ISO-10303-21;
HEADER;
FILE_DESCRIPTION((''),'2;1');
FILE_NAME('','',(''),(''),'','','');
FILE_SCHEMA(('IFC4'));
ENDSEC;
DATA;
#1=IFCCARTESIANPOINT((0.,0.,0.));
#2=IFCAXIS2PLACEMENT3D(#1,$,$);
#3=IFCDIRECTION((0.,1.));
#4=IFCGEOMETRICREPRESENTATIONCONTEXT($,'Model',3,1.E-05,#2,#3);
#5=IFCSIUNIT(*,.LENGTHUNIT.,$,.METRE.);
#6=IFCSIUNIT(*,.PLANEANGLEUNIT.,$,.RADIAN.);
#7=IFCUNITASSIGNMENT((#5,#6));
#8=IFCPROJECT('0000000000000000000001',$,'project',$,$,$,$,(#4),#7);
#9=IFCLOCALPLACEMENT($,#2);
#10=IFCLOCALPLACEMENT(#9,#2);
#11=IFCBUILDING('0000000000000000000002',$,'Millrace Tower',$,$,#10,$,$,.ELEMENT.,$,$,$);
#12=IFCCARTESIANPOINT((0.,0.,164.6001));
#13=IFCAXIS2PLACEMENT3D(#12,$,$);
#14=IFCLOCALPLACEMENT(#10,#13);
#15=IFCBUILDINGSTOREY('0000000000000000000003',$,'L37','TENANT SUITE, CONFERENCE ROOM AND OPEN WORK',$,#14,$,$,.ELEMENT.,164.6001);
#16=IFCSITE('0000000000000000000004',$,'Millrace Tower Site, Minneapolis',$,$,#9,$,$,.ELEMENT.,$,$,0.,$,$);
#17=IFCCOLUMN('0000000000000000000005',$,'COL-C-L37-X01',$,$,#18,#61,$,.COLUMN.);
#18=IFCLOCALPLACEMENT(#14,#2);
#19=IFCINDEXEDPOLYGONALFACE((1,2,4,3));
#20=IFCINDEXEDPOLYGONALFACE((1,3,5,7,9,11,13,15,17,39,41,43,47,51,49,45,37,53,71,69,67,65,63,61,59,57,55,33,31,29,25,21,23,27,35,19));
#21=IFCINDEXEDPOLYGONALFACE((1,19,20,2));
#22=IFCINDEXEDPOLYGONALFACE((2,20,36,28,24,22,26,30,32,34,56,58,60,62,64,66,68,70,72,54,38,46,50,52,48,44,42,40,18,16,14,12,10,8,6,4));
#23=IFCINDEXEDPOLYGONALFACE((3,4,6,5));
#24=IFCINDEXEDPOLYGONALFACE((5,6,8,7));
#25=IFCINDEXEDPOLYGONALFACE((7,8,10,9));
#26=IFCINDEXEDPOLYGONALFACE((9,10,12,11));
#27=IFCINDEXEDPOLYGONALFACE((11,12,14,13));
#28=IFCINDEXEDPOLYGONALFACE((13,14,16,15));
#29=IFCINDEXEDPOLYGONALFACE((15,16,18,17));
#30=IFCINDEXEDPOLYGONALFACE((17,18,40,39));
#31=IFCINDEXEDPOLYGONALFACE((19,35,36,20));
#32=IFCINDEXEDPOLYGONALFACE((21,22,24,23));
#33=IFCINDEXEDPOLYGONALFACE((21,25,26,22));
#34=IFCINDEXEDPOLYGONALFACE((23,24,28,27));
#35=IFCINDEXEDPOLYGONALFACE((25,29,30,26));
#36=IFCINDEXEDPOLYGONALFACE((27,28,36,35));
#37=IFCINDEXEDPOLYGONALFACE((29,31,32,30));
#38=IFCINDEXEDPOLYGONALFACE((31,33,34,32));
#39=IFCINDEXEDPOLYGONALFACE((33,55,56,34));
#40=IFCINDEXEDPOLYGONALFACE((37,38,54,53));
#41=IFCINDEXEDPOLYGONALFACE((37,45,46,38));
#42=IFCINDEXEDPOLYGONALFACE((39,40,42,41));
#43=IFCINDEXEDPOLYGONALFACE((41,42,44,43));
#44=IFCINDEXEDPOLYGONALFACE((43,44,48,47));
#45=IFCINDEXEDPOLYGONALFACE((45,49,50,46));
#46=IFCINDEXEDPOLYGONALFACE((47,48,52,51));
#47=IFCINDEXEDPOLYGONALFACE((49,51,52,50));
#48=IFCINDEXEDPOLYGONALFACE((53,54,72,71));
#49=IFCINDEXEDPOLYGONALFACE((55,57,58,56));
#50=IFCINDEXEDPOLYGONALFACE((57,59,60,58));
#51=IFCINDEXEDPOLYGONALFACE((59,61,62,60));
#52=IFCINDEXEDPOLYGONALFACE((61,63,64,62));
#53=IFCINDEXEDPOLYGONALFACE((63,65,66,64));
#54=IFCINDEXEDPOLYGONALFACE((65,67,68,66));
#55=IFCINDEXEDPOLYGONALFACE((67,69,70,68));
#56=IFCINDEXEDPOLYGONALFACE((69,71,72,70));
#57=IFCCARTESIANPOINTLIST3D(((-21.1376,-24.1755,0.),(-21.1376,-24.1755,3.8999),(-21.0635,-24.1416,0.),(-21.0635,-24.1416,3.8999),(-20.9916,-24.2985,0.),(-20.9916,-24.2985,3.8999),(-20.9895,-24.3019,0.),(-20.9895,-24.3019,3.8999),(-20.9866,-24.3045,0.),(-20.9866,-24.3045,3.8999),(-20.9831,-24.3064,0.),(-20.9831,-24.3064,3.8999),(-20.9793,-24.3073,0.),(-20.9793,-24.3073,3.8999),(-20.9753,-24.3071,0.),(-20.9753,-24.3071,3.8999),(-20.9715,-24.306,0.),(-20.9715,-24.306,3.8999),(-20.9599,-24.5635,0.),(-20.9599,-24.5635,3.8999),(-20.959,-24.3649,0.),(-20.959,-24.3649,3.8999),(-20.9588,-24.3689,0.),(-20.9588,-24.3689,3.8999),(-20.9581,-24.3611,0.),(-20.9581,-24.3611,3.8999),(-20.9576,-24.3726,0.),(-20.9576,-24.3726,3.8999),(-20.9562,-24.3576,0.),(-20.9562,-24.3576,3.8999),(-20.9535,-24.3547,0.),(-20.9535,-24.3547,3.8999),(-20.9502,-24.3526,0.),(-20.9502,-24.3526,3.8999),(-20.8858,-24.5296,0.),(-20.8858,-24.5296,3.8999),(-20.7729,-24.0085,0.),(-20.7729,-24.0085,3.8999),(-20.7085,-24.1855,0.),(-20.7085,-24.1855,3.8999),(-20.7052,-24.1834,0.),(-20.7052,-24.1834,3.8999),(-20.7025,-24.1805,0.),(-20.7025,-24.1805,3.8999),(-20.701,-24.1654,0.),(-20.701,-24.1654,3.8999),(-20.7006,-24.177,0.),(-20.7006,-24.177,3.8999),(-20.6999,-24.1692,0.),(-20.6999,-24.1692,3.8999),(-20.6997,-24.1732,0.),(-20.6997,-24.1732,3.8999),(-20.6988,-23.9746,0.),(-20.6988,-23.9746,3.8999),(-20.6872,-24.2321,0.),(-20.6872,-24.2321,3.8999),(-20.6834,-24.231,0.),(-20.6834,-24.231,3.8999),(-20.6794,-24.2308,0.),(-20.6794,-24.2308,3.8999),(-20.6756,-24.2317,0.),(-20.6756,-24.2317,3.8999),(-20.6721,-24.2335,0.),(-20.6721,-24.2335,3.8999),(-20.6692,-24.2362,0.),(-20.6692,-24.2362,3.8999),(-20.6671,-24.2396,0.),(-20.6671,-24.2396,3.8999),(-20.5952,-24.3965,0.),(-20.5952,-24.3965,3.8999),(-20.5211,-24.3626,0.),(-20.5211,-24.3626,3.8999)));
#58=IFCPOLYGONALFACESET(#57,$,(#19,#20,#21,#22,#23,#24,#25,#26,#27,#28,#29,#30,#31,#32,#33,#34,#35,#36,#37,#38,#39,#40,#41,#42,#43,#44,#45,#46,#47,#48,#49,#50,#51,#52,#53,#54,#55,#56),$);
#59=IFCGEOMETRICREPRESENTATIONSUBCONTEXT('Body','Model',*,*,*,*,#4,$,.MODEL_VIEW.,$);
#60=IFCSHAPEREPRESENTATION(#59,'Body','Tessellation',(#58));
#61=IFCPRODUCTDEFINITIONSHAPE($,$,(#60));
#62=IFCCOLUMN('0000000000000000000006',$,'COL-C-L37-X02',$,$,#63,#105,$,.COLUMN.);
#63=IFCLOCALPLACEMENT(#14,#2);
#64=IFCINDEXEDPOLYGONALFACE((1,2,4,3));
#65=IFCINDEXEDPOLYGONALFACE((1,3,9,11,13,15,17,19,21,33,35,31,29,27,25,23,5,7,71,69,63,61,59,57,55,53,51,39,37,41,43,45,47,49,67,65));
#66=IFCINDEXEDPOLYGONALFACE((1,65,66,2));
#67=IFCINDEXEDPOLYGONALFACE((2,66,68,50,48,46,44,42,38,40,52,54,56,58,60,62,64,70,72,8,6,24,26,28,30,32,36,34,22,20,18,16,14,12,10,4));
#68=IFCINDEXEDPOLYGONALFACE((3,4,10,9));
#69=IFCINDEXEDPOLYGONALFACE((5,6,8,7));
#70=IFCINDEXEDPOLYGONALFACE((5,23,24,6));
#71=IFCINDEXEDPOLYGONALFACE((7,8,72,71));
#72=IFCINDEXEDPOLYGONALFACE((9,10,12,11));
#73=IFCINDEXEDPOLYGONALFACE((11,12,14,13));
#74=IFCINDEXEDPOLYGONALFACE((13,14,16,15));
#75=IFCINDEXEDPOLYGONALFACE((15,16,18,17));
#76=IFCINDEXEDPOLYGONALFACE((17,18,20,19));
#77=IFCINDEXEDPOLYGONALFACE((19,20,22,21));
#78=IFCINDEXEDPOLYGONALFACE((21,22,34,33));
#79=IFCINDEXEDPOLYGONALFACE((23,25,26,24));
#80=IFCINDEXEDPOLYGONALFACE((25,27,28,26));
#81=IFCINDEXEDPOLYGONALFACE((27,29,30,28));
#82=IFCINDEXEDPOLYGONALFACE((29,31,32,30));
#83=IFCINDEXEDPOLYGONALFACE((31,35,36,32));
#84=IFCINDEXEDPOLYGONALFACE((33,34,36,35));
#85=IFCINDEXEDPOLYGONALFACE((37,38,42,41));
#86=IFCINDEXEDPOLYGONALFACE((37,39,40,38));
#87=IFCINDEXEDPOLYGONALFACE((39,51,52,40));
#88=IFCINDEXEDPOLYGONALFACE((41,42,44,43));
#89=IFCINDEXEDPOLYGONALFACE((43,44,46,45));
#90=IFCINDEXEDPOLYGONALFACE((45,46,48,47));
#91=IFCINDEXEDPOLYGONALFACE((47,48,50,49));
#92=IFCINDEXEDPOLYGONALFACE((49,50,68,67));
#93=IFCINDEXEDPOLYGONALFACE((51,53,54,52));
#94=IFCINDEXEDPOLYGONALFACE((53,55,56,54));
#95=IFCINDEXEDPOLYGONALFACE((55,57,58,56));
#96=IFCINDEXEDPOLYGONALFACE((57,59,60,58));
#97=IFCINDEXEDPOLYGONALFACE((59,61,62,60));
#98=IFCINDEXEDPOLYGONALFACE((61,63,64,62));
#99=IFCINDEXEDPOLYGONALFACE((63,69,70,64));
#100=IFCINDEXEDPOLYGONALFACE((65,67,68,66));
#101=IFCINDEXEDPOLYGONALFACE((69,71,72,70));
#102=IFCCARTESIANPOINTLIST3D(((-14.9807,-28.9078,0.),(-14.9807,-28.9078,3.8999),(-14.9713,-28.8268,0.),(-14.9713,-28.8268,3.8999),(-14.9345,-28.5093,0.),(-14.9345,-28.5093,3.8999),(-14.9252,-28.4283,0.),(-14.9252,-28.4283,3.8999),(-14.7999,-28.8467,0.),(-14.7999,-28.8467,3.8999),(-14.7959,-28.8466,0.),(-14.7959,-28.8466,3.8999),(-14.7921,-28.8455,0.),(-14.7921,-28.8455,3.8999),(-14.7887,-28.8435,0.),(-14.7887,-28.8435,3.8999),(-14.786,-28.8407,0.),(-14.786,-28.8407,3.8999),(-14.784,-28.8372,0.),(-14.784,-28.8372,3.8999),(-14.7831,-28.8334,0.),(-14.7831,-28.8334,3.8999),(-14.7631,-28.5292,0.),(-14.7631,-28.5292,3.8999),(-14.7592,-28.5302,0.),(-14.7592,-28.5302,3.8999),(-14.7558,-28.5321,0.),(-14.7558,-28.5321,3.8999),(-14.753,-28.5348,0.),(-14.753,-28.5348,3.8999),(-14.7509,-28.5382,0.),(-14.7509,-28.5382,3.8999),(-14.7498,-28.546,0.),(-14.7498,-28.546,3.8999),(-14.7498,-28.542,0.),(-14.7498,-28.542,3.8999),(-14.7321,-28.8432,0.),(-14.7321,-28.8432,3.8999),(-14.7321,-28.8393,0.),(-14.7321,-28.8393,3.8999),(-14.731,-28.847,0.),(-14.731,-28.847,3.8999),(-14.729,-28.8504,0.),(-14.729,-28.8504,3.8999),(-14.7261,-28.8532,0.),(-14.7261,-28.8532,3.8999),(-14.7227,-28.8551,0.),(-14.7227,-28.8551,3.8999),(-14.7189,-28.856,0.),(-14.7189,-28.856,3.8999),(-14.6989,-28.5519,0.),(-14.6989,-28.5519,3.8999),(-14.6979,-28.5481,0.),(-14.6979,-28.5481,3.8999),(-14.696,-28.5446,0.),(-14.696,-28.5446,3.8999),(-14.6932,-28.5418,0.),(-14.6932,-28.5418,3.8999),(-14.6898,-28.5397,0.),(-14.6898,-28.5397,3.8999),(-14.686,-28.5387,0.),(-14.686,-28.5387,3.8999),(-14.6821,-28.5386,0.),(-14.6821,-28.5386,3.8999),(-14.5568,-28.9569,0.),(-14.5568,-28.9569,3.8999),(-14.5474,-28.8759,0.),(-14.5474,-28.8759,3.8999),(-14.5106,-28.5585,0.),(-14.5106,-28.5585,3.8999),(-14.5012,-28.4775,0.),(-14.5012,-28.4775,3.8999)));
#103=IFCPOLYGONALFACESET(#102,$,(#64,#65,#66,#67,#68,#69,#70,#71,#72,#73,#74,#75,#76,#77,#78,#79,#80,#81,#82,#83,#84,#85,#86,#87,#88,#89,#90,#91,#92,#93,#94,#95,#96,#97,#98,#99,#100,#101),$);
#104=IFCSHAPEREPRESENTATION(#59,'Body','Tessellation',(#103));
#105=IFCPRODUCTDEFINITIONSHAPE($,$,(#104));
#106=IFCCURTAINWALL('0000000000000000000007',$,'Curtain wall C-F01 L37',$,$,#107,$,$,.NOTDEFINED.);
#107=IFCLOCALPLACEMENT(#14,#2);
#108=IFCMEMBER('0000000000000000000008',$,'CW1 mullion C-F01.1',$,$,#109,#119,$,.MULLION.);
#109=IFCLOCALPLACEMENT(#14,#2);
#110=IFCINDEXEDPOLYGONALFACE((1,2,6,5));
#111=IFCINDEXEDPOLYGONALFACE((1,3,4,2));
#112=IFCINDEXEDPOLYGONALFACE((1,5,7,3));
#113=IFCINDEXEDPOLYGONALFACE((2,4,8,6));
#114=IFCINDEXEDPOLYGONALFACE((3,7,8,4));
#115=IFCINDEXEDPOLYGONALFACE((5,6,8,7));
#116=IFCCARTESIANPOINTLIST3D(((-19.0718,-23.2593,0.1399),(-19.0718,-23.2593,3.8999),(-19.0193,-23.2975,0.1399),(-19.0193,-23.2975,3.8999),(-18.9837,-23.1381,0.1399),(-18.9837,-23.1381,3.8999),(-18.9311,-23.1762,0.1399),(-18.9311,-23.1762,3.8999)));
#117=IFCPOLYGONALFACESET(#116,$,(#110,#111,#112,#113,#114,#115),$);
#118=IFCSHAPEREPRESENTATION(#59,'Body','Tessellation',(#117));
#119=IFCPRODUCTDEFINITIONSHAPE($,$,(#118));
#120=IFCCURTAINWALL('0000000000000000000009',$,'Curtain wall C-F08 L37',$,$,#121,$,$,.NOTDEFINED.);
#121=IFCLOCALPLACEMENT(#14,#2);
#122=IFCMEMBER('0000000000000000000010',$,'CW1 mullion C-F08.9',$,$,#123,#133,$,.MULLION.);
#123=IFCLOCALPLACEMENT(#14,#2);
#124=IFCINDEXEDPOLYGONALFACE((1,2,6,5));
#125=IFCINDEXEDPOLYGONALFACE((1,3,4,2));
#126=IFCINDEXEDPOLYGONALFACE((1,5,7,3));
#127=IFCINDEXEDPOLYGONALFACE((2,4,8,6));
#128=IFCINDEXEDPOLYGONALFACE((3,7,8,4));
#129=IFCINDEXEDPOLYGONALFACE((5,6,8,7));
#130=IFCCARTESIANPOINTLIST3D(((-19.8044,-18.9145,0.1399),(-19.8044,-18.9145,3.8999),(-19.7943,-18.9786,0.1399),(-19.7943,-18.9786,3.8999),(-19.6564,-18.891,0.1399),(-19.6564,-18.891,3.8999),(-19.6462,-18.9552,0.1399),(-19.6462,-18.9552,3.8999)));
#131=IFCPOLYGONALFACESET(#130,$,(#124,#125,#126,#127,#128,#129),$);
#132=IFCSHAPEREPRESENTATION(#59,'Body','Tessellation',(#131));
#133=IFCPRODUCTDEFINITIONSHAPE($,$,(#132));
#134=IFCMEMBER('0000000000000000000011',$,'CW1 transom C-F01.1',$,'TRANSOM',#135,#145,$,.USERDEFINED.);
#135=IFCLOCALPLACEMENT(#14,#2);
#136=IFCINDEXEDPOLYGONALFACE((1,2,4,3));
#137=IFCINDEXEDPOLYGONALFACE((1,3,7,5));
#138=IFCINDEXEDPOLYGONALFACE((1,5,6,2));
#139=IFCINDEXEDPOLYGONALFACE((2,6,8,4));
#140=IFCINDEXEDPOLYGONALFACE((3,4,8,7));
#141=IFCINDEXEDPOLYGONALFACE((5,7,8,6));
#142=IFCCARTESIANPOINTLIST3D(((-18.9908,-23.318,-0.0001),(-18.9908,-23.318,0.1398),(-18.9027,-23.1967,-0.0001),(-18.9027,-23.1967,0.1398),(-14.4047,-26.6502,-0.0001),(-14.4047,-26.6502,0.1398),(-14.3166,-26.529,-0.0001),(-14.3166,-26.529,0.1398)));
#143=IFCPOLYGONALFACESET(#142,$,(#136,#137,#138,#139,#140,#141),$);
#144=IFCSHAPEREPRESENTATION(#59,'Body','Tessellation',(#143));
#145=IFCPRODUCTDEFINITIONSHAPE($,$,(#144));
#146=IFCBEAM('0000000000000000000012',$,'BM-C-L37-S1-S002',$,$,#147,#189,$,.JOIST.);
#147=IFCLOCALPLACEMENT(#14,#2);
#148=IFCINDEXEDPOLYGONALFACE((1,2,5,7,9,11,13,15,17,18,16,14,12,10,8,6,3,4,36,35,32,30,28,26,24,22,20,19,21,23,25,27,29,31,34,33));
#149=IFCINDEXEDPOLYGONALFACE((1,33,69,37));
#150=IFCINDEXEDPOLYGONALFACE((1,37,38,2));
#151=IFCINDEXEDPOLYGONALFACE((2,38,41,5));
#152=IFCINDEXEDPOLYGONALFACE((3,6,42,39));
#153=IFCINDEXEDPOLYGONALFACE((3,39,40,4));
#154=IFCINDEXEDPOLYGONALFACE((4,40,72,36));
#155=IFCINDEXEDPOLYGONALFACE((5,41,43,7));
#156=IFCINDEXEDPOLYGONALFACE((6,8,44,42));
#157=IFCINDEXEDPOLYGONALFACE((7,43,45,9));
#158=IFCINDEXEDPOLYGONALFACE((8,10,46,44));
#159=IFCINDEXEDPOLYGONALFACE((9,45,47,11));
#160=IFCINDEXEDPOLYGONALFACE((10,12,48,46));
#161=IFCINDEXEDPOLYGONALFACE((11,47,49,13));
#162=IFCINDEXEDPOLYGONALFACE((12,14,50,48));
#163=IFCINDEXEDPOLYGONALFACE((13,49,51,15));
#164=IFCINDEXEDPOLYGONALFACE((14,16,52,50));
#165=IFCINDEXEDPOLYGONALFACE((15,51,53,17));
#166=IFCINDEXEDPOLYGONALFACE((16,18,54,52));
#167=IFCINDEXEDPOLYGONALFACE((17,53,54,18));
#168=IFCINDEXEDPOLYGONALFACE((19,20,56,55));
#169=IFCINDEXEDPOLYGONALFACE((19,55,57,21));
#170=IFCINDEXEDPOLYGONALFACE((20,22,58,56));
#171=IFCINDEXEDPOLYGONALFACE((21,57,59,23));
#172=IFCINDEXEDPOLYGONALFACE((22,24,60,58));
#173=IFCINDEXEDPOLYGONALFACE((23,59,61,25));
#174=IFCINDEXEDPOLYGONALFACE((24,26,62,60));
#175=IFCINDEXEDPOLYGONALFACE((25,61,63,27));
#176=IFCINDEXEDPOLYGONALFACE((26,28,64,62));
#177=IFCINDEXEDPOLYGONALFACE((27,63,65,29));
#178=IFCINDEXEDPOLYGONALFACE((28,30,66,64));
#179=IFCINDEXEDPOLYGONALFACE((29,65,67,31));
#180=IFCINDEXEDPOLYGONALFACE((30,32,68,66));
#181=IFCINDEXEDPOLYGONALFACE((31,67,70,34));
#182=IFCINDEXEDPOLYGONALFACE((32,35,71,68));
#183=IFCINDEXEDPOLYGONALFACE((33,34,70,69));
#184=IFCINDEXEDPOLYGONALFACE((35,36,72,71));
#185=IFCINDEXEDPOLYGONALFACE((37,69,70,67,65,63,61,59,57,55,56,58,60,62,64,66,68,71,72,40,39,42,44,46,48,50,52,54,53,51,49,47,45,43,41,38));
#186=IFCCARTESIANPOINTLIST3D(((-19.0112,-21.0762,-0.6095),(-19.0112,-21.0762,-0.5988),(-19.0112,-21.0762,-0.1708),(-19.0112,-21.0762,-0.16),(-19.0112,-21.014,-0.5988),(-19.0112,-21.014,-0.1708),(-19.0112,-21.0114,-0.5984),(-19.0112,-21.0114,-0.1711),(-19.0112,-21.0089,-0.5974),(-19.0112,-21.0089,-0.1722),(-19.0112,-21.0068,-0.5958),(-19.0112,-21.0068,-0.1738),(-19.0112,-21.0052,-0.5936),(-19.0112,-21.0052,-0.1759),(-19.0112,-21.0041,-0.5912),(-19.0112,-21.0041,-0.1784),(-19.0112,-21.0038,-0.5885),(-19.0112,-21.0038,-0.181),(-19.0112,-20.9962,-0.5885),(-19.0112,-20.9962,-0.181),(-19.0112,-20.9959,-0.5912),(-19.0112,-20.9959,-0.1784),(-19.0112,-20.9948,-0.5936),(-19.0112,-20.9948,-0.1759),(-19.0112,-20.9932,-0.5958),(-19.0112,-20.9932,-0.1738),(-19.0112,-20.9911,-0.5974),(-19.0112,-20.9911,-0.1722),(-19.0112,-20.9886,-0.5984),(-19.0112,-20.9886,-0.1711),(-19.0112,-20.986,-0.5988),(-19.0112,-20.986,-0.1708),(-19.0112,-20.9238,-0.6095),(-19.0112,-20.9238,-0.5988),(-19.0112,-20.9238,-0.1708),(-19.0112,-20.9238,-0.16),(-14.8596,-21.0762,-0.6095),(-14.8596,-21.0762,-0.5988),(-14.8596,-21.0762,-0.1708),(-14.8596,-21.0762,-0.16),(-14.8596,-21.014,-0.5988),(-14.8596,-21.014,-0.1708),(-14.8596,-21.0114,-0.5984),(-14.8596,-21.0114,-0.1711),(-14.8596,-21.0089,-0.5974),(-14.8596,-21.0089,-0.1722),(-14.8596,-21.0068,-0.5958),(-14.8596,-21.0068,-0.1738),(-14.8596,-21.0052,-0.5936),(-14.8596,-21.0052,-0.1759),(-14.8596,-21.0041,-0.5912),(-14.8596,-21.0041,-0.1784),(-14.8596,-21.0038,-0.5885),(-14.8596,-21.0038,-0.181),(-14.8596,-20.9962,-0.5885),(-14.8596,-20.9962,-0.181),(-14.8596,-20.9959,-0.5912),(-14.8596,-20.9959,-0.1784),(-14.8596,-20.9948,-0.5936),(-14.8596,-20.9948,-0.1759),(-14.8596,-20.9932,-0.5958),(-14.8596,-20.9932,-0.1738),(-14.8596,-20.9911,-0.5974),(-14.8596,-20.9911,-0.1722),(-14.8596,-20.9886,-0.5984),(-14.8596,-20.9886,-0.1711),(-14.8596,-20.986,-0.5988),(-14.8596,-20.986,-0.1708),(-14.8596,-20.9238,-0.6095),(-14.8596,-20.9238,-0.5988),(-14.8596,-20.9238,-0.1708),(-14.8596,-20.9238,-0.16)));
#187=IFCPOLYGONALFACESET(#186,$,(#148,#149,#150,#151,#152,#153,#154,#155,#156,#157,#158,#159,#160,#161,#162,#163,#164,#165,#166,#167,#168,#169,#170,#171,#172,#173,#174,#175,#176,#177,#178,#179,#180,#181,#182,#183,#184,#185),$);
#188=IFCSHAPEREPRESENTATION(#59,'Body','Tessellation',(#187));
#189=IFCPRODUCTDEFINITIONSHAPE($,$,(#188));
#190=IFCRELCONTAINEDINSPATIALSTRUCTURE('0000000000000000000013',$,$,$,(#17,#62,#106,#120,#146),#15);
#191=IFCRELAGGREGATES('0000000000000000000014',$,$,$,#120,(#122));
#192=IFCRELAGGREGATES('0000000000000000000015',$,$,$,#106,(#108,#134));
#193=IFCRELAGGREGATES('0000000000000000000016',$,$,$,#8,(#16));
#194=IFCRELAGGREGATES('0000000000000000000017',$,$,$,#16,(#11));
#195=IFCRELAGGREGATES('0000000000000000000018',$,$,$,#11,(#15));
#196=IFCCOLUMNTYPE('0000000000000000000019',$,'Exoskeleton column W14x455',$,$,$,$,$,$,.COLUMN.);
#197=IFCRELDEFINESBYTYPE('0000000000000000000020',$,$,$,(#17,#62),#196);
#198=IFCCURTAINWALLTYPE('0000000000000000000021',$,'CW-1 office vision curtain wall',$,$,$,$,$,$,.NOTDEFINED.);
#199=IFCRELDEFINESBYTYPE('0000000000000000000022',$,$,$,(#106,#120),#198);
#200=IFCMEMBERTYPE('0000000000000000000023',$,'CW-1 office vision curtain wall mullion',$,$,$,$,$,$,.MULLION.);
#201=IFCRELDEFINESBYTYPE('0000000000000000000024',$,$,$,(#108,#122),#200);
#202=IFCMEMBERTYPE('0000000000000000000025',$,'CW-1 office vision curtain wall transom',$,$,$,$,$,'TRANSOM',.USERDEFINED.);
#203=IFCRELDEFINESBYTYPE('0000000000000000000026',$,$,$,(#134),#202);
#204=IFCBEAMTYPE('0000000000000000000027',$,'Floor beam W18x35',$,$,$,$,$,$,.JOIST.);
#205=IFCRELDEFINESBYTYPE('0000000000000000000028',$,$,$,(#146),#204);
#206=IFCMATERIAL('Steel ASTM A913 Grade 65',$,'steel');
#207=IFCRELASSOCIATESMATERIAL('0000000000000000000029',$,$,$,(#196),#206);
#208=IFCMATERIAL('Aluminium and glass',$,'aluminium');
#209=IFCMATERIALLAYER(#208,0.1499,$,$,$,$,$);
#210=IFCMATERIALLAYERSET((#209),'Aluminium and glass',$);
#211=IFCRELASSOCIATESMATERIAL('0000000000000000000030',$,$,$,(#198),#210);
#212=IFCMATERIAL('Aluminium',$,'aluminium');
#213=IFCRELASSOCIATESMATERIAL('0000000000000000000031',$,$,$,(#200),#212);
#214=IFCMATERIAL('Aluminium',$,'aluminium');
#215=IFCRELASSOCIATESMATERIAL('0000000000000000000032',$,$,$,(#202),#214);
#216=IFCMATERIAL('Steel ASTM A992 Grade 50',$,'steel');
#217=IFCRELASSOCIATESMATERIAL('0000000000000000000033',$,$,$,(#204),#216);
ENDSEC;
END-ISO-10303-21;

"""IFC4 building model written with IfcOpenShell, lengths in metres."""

from ifc_helpers import new_model, si_unit, direction, frame, origin, origin_2d, place, context, subcontext, project, spatial, rectangle, i_section, extrude, material, layer, layer_set, material_profile, profile_set, type_object, element, aggregate, save


model = new_model("IFC4")

# Units and contexts
model_context = context("Model", 3, precision=1e-05, world=origin(), true_north=direction((0.0, 1.0)))
body_context = subcontext(model_context, "Body", "Model", "MODEL_VIEW")
ifc_project = project(units=[si_unit("LENGTHUNIT", "METRE"), si_unit("PLANEANGLEUNIT", "RADIAN")], contexts=[model_context])

# Site, building, storey
site_placement = place(None, origin())
site = spatial("IfcSite", under=ifc_project, at=site_placement, Name="Millrace Tower Site, Minneapolis", CompositionType="ELEMENT", RefElevation=0.0)
building_placement = place(site_placement, origin())
building = spatial("IfcBuilding", under=site, at=building_placement, Name="Millrace Tower", CompositionType="ELEMENT")
storey_placement = place(building_placement, frame((0.0, 0.0, 164.6001)))
storey = spatial("IfcBuildingStorey", under=building, at=storey_placement, Name="L37", Description="TENANT SUITE, CONFERENCE ROOM AND OPEN WORK", CompositionType="ELEMENT", Elevation=164.6001)

# Columns
ifc_material_1 = material(Name="Steel ASTM A913 Grade 65", Category="steel")
ifc_material_profile_1 = material_profile(ifc_material_1, i_section(OverallWidth=0.4268, OverallDepth=0.4827, WebThickness=0.0513, FlangeThickness=0.0815, FilletRadius=0.0151, at=origin_2d()))
ifc_profile_set_1 = profile_set([ifc_material_profile_1], Name="Steel ASTM A913 Grade 65")
column_type = type_object("IfcColumnType", Name="Exoskeleton column W14x455", PredefinedType="COLUMN", material=ifc_profile_set_1)
for number, where, z_axis, x_axis, name in (
    (1, (-20.8293, -24.269, 0.0), (0.0, 0.0, 1.0), (0.416401, -0.909181, 0.0), "COL-C-L37-X01"),
    (2, (-14.741, -28.6926, 0.0), (0.0, 0.0, 1.0), (0.993358, -0.115069, 0.0), "COL-C-L37-X02"),
):
    element("IfcColumn", number, at=place(storey_placement, frame(where, z_axis=z_axis, x_axis=x_axis)), inside=storey, type_object=column_type, Name=name, PredefinedType="COLUMN", context=body_context, shape_type="SweptSolid", body=[
        extrude(i_section(OverallWidth=0.4268, OverallDepth=0.4827, WebThickness=0.0513, FlangeThickness=0.0815, FilletRadius=0.0151, at=origin_2d()), origin(), (0.0, 0.0, 1.0), 3.8999),
    ])

# Curtain walls, members
ifc_material_2 = material(Name="Aluminium and glass", Category="aluminium")
ifc_layer_1 = layer(ifc_material_2, 0.1499)
ifc_layer_set_1 = layer_set([ifc_layer_1], Name="Aluminium and glass")
curtain_wall_type = type_object("IfcCurtainWallType", Name="CW-1 office vision curtain wall", PredefinedType="NOTDEFINED", material=ifc_layer_set_1)
placement = place(storey_placement, origin())
curtain_wall_1 = element("IfcCurtainWall", 3, at=placement, inside=storey, type_object=curtain_wall_type, Name="Curtain wall C-F01 L37", PredefinedType="NOTDEFINED")
ifc_material_3 = material(Name="Aluminium", Category="aluminium")
ifc_material_profile_2 = material_profile(ifc_material_3, rectangle(XDim=0.0649, YDim=0.1499, at=origin_2d()))
ifc_profile_set_2 = profile_set([ifc_material_profile_2], Name="Aluminium")
member_type_1 = type_object("IfcMemberType", Name="CW-1 office vision curtain wall mullion", PredefinedType="MULLION", material=ifc_profile_set_2)
member_1_placement = place(storey_placement, frame((-19.0015, -23.2178, 0.1399), z_axis=(0.0, 0.0, 1.0), x_axis=(0.809017, -0.587785, 0.0)))
member_1 = element("IfcMember", 4, at=member_1_placement, type_object=member_type_1, Name="CW1 mullion C-F01.1", PredefinedType="MULLION", context=body_context, shape_type="SweptSolid", body=[
    extrude(rectangle(XDim=0.0649, YDim=0.1499, at=origin_2d()), origin(), (0.0, 0.0, 1.0), 3.76),
])
curtain_wall_2 = element("IfcCurtainWall", 5, at=placement, inside=storey, type_object=curtain_wall_type, Name="Curtain wall C-F08 L37", PredefinedType="NOTDEFINED")
member_2_placement = place(storey_placement, frame((-19.7253, -18.9348, 0.1399), z_axis=(0.0, 0.0, 1.0), x_axis=(0.156434, -0.987688, 0.0)))
member_2 = element("IfcMember", 6, at=member_2_placement, type_object=member_type_1, Name="CW1 mullion C-F08.9", PredefinedType="MULLION", context=body_context, shape_type="SweptSolid", body=[
    extrude(rectangle(XDim=0.0649, YDim=0.1499, at=origin_2d()), origin(), (0.0, 0.0, 1.0), 3.76),
])
aggregate(curtain_wall_2, [member_2])

# Member
ifc_material_4 = material(Name="Aluminium", Category="aluminium")
ifc_material_profile_3 = material_profile(ifc_material_4, rectangle(XDim=0.1499, YDim=0.1399, at=origin_2d()))
ifc_profile_set_3 = profile_set([ifc_material_profile_3], Name="Aluminium")
member_type_2 = type_object("IfcMemberType", Name="CW-1 office vision curtain wall transom", ElementType="TRANSOM", PredefinedType="USERDEFINED", material=ifc_profile_set_3)
member_3_placement = place(storey_placement, frame((-18.9468, -23.2573, 0.0698), z_axis=(0.808999, -0.587811, 0.0), x_axis=(0.587811, 0.808999, 0.0)))
member_3 = element("IfcMember", 7, at=member_3_placement, type_object=member_type_2, Name="CW1 transom C-F01.1", ObjectType="TRANSOM", PredefinedType="USERDEFINED", context=body_context, shape_type="SweptSolid", body=[
    extrude(rectangle(XDim=0.1499, YDim=0.1399, at=origin_2d()), origin(), (0.0, 0.0, 1.0), 5.6689),
])
aggregate(curtain_wall_1, [member_1, member_3])

# Beam
ifc_material_5 = material(Name="Steel ASTM A992 Grade 50", Category="steel")
ifc_material_profile_4 = material_profile(ifc_material_5, i_section(OverallWidth=0.1523, OverallDepth=0.4495, WebThickness=0.0076, FlangeThickness=0.0107, FilletRadius=0.0103, at=origin_2d()))
ifc_profile_set_4 = profile_set([ifc_material_profile_4], Name="Steel ASTM A992 Grade 50")
beam_type_1 = type_object("IfcBeamType", Name="Floor beam W18x35", PredefinedType="JOIST", material=ifc_profile_set_4)
beam_1_placement = place(storey_placement, frame((-19.0112, -21.0, -0.3848), z_axis=(1.0, 0.0, 0.0), x_axis=(0.0, 1.0, 0.0)))
element("IfcBeam", 8, at=beam_1_placement, inside=storey, type_object=beam_type_1, Name="BM-C-L37-S1-S002", PredefinedType="JOIST", context=body_context, shape_type="SweptSolid", body=[
    extrude(i_section(OverallWidth=0.1523, OverallDepth=0.4495, WebThickness=0.0076, FlangeThickness=0.0107, FilletRadius=0.0103, at=origin_2d()), origin(), (0.0, 0.0, 1.0), 4.1516),
])

save(model, "model.ifc")
